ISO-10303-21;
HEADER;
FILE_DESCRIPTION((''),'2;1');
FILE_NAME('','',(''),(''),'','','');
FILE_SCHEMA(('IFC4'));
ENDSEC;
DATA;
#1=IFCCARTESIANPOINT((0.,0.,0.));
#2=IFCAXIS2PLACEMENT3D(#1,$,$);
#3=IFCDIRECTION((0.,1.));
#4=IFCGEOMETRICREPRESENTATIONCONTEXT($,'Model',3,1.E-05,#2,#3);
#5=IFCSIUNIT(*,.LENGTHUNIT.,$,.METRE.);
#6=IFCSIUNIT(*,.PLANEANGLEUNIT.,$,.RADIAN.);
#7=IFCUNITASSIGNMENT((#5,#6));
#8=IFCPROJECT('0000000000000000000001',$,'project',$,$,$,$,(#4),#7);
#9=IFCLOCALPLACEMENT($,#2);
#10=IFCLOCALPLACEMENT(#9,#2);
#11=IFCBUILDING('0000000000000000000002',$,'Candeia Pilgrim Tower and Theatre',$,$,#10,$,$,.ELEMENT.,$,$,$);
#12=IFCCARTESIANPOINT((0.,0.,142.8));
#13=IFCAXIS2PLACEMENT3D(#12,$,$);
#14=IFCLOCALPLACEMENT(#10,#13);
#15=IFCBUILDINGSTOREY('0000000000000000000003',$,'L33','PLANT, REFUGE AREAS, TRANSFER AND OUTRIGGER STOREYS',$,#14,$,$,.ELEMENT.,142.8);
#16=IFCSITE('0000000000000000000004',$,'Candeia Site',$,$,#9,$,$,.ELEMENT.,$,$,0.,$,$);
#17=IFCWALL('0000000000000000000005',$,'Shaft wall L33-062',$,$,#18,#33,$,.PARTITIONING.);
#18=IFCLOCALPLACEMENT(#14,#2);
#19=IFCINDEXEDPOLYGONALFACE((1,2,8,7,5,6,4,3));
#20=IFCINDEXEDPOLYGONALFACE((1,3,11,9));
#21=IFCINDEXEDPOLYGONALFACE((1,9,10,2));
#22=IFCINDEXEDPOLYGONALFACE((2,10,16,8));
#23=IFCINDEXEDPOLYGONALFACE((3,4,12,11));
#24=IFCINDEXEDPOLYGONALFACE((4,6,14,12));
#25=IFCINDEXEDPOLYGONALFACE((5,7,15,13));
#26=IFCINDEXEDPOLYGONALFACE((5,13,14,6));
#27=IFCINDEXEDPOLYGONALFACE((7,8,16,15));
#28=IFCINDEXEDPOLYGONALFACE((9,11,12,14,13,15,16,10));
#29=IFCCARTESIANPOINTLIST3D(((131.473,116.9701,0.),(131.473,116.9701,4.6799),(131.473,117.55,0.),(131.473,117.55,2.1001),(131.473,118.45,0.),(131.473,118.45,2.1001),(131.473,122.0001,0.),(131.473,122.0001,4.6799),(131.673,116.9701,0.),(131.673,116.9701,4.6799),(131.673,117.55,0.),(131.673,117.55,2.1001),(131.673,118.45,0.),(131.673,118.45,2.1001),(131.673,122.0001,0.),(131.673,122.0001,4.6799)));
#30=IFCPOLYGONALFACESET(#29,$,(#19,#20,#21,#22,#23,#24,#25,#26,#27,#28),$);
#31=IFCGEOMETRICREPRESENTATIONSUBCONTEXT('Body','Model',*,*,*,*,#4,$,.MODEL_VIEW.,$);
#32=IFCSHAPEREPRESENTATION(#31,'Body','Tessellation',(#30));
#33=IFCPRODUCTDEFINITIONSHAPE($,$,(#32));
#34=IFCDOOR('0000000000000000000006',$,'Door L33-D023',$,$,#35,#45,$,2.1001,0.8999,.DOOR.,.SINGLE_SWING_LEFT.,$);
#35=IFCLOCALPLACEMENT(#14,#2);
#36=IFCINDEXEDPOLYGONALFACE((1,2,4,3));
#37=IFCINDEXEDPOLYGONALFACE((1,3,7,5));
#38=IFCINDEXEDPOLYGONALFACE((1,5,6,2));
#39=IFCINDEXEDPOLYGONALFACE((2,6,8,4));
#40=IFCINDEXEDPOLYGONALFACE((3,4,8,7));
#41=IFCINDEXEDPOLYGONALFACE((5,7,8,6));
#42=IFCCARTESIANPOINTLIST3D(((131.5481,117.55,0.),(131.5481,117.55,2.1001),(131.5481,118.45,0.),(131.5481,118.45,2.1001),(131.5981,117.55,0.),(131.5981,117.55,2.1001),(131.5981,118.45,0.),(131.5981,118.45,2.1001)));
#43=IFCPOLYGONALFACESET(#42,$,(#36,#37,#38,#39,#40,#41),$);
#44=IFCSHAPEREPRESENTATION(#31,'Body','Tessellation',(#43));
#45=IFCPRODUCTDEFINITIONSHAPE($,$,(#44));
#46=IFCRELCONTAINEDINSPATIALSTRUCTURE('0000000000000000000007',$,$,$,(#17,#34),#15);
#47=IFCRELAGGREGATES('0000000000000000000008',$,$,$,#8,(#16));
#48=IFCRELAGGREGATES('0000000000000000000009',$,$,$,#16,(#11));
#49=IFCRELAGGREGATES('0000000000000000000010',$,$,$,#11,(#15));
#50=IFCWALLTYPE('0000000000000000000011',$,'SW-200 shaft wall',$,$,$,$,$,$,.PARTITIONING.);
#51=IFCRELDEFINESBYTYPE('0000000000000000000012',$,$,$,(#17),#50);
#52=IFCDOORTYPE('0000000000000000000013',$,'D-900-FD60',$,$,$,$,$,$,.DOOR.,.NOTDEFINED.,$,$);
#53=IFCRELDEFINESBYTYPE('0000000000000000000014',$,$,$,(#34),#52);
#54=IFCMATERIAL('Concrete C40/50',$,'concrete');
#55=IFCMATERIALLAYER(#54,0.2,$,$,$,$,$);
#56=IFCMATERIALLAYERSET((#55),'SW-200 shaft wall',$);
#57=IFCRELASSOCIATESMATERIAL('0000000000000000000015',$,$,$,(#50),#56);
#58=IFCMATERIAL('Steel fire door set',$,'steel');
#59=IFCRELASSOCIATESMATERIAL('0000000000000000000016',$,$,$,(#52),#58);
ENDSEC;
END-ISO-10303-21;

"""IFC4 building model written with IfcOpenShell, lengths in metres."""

from ifc_helpers import new_model, si_unit, direction, frame, frame_2d, origin, place, context, subcontext, project, spatial, rectangle, extrude, material, layer, layer_set, type_object, element, fill, save


model = new_model("IFC4")

# Units and contexts
model_context = context("Model", 3, precision=1e-05, world=origin(), true_north=direction((0.0, 1.0)))
body_context = subcontext(model_context, "Body", "Model", "MODEL_VIEW")
ifc_project = project(units=[si_unit("LENGTHUNIT", "METRE"), si_unit("PLANEANGLEUNIT", "RADIAN")], contexts=[model_context])

# Site, building, storey
site_placement = place(None, origin())
site = spatial("IfcSite", under=ifc_project, at=site_placement, Name="Candeia Site", CompositionType="ELEMENT", RefElevation=0.0)
building_placement = place(site_placement, origin())
building = spatial("IfcBuilding", under=site, at=building_placement, Name="Candeia Pilgrim Tower and Theatre", CompositionType="ELEMENT")
storey_placement = place(building_placement, frame((0.0, 0.0, 142.8)))
storey = spatial("IfcBuildingStorey", under=building, at=storey_placement, Name="L33", Description="PLANT, REFUGE AREAS, TRANSFER AND OUTRIGGER STOREYS", CompositionType="ELEMENT", Elevation=142.8)

# Shared definitions
ifc_material_1 = material(Name="Steel fire door set", Category="steel")

# Shared definitions
ifc_material_2 = material(Name="Concrete C40/50", Category="concrete")
ifc_layer_1 = layer(ifc_material_2, 0.2)
ifc_layer_set_1 = layer_set([ifc_layer_1], Name="SW-200 shaft wall")
wall_type_1 = type_object("IfcWallType", Name="SW-200 shaft wall", PredefinedType="PARTITIONING", material=ifc_layer_set_1)

# Wall, opening, door
wall_1_placement = place(storey_placement, frame((131.573, 116.97, 0.0), z_axis=(0.0, 0.0, 1.0), x_axis=(0.0, 1.0, 0.0)))
wall_1 = element("IfcWall", 1, at=wall_1_placement, inside=storey, type_object=wall_type_1, Name="Shaft wall L33-062", PredefinedType="PARTITIONING", context=body_context, shape_type="SweptSolid", body=[
    extrude(rectangle(XDim=5.03, YDim=0.2, at=frame_2d((2.5151, 0.0))), origin(), (0.0, 0.0, 1.0), 4.6799),
])
opening_1_placement = place(wall_1_placement, frame((0.5801, 0.0, 0.0)))
opening_1 = element("IfcOpeningElement", 2, at=opening_1_placement, cuts=wall_1, PredefinedType="OPENING", context=body_context, shape_type="SweptSolid", body=[
    extrude(rectangle(XDim=0.8999, YDim=2.1001, at=frame_2d((0.45, 1.05))), frame((0.0, 0.1099, 0.0), z_axis=(0.0, -1.0, 0.0), x_axis=(1.0, 0.0, 0.0)), (0.0, 0.0, 1.0), 0.22),
])
door_type_1 = type_object("IfcDoorType", Name="D-900-FD60", OperationType="NOTDEFINED", PredefinedType="DOOR", material=ifc_material_1)
door_1_placement = place(opening_1_placement, origin())
door_1 = element("IfcDoor", 3, at=door_1_placement, inside=storey, type_object=door_type_1, Name="Door L33-D023", OperationType="SINGLE_SWING_LEFT", OverallHeight=2.1001, OverallWidth=0.8999, PredefinedType="DOOR", context=body_context, shape_type="SweptSolid", body=[
    extrude(rectangle(XDim=0.8999, YDim=2.1001, at=frame_2d((0.45, 1.05))), frame((0.0, 0.0249, 0.0), z_axis=(0.0, -1.0, 0.0), x_axis=(1.0, 0.0, 0.0)), (0.0, 0.0, 1.0), 0.05),
])
fill(opening_1, door_1)

save(model, "model.ifc")
